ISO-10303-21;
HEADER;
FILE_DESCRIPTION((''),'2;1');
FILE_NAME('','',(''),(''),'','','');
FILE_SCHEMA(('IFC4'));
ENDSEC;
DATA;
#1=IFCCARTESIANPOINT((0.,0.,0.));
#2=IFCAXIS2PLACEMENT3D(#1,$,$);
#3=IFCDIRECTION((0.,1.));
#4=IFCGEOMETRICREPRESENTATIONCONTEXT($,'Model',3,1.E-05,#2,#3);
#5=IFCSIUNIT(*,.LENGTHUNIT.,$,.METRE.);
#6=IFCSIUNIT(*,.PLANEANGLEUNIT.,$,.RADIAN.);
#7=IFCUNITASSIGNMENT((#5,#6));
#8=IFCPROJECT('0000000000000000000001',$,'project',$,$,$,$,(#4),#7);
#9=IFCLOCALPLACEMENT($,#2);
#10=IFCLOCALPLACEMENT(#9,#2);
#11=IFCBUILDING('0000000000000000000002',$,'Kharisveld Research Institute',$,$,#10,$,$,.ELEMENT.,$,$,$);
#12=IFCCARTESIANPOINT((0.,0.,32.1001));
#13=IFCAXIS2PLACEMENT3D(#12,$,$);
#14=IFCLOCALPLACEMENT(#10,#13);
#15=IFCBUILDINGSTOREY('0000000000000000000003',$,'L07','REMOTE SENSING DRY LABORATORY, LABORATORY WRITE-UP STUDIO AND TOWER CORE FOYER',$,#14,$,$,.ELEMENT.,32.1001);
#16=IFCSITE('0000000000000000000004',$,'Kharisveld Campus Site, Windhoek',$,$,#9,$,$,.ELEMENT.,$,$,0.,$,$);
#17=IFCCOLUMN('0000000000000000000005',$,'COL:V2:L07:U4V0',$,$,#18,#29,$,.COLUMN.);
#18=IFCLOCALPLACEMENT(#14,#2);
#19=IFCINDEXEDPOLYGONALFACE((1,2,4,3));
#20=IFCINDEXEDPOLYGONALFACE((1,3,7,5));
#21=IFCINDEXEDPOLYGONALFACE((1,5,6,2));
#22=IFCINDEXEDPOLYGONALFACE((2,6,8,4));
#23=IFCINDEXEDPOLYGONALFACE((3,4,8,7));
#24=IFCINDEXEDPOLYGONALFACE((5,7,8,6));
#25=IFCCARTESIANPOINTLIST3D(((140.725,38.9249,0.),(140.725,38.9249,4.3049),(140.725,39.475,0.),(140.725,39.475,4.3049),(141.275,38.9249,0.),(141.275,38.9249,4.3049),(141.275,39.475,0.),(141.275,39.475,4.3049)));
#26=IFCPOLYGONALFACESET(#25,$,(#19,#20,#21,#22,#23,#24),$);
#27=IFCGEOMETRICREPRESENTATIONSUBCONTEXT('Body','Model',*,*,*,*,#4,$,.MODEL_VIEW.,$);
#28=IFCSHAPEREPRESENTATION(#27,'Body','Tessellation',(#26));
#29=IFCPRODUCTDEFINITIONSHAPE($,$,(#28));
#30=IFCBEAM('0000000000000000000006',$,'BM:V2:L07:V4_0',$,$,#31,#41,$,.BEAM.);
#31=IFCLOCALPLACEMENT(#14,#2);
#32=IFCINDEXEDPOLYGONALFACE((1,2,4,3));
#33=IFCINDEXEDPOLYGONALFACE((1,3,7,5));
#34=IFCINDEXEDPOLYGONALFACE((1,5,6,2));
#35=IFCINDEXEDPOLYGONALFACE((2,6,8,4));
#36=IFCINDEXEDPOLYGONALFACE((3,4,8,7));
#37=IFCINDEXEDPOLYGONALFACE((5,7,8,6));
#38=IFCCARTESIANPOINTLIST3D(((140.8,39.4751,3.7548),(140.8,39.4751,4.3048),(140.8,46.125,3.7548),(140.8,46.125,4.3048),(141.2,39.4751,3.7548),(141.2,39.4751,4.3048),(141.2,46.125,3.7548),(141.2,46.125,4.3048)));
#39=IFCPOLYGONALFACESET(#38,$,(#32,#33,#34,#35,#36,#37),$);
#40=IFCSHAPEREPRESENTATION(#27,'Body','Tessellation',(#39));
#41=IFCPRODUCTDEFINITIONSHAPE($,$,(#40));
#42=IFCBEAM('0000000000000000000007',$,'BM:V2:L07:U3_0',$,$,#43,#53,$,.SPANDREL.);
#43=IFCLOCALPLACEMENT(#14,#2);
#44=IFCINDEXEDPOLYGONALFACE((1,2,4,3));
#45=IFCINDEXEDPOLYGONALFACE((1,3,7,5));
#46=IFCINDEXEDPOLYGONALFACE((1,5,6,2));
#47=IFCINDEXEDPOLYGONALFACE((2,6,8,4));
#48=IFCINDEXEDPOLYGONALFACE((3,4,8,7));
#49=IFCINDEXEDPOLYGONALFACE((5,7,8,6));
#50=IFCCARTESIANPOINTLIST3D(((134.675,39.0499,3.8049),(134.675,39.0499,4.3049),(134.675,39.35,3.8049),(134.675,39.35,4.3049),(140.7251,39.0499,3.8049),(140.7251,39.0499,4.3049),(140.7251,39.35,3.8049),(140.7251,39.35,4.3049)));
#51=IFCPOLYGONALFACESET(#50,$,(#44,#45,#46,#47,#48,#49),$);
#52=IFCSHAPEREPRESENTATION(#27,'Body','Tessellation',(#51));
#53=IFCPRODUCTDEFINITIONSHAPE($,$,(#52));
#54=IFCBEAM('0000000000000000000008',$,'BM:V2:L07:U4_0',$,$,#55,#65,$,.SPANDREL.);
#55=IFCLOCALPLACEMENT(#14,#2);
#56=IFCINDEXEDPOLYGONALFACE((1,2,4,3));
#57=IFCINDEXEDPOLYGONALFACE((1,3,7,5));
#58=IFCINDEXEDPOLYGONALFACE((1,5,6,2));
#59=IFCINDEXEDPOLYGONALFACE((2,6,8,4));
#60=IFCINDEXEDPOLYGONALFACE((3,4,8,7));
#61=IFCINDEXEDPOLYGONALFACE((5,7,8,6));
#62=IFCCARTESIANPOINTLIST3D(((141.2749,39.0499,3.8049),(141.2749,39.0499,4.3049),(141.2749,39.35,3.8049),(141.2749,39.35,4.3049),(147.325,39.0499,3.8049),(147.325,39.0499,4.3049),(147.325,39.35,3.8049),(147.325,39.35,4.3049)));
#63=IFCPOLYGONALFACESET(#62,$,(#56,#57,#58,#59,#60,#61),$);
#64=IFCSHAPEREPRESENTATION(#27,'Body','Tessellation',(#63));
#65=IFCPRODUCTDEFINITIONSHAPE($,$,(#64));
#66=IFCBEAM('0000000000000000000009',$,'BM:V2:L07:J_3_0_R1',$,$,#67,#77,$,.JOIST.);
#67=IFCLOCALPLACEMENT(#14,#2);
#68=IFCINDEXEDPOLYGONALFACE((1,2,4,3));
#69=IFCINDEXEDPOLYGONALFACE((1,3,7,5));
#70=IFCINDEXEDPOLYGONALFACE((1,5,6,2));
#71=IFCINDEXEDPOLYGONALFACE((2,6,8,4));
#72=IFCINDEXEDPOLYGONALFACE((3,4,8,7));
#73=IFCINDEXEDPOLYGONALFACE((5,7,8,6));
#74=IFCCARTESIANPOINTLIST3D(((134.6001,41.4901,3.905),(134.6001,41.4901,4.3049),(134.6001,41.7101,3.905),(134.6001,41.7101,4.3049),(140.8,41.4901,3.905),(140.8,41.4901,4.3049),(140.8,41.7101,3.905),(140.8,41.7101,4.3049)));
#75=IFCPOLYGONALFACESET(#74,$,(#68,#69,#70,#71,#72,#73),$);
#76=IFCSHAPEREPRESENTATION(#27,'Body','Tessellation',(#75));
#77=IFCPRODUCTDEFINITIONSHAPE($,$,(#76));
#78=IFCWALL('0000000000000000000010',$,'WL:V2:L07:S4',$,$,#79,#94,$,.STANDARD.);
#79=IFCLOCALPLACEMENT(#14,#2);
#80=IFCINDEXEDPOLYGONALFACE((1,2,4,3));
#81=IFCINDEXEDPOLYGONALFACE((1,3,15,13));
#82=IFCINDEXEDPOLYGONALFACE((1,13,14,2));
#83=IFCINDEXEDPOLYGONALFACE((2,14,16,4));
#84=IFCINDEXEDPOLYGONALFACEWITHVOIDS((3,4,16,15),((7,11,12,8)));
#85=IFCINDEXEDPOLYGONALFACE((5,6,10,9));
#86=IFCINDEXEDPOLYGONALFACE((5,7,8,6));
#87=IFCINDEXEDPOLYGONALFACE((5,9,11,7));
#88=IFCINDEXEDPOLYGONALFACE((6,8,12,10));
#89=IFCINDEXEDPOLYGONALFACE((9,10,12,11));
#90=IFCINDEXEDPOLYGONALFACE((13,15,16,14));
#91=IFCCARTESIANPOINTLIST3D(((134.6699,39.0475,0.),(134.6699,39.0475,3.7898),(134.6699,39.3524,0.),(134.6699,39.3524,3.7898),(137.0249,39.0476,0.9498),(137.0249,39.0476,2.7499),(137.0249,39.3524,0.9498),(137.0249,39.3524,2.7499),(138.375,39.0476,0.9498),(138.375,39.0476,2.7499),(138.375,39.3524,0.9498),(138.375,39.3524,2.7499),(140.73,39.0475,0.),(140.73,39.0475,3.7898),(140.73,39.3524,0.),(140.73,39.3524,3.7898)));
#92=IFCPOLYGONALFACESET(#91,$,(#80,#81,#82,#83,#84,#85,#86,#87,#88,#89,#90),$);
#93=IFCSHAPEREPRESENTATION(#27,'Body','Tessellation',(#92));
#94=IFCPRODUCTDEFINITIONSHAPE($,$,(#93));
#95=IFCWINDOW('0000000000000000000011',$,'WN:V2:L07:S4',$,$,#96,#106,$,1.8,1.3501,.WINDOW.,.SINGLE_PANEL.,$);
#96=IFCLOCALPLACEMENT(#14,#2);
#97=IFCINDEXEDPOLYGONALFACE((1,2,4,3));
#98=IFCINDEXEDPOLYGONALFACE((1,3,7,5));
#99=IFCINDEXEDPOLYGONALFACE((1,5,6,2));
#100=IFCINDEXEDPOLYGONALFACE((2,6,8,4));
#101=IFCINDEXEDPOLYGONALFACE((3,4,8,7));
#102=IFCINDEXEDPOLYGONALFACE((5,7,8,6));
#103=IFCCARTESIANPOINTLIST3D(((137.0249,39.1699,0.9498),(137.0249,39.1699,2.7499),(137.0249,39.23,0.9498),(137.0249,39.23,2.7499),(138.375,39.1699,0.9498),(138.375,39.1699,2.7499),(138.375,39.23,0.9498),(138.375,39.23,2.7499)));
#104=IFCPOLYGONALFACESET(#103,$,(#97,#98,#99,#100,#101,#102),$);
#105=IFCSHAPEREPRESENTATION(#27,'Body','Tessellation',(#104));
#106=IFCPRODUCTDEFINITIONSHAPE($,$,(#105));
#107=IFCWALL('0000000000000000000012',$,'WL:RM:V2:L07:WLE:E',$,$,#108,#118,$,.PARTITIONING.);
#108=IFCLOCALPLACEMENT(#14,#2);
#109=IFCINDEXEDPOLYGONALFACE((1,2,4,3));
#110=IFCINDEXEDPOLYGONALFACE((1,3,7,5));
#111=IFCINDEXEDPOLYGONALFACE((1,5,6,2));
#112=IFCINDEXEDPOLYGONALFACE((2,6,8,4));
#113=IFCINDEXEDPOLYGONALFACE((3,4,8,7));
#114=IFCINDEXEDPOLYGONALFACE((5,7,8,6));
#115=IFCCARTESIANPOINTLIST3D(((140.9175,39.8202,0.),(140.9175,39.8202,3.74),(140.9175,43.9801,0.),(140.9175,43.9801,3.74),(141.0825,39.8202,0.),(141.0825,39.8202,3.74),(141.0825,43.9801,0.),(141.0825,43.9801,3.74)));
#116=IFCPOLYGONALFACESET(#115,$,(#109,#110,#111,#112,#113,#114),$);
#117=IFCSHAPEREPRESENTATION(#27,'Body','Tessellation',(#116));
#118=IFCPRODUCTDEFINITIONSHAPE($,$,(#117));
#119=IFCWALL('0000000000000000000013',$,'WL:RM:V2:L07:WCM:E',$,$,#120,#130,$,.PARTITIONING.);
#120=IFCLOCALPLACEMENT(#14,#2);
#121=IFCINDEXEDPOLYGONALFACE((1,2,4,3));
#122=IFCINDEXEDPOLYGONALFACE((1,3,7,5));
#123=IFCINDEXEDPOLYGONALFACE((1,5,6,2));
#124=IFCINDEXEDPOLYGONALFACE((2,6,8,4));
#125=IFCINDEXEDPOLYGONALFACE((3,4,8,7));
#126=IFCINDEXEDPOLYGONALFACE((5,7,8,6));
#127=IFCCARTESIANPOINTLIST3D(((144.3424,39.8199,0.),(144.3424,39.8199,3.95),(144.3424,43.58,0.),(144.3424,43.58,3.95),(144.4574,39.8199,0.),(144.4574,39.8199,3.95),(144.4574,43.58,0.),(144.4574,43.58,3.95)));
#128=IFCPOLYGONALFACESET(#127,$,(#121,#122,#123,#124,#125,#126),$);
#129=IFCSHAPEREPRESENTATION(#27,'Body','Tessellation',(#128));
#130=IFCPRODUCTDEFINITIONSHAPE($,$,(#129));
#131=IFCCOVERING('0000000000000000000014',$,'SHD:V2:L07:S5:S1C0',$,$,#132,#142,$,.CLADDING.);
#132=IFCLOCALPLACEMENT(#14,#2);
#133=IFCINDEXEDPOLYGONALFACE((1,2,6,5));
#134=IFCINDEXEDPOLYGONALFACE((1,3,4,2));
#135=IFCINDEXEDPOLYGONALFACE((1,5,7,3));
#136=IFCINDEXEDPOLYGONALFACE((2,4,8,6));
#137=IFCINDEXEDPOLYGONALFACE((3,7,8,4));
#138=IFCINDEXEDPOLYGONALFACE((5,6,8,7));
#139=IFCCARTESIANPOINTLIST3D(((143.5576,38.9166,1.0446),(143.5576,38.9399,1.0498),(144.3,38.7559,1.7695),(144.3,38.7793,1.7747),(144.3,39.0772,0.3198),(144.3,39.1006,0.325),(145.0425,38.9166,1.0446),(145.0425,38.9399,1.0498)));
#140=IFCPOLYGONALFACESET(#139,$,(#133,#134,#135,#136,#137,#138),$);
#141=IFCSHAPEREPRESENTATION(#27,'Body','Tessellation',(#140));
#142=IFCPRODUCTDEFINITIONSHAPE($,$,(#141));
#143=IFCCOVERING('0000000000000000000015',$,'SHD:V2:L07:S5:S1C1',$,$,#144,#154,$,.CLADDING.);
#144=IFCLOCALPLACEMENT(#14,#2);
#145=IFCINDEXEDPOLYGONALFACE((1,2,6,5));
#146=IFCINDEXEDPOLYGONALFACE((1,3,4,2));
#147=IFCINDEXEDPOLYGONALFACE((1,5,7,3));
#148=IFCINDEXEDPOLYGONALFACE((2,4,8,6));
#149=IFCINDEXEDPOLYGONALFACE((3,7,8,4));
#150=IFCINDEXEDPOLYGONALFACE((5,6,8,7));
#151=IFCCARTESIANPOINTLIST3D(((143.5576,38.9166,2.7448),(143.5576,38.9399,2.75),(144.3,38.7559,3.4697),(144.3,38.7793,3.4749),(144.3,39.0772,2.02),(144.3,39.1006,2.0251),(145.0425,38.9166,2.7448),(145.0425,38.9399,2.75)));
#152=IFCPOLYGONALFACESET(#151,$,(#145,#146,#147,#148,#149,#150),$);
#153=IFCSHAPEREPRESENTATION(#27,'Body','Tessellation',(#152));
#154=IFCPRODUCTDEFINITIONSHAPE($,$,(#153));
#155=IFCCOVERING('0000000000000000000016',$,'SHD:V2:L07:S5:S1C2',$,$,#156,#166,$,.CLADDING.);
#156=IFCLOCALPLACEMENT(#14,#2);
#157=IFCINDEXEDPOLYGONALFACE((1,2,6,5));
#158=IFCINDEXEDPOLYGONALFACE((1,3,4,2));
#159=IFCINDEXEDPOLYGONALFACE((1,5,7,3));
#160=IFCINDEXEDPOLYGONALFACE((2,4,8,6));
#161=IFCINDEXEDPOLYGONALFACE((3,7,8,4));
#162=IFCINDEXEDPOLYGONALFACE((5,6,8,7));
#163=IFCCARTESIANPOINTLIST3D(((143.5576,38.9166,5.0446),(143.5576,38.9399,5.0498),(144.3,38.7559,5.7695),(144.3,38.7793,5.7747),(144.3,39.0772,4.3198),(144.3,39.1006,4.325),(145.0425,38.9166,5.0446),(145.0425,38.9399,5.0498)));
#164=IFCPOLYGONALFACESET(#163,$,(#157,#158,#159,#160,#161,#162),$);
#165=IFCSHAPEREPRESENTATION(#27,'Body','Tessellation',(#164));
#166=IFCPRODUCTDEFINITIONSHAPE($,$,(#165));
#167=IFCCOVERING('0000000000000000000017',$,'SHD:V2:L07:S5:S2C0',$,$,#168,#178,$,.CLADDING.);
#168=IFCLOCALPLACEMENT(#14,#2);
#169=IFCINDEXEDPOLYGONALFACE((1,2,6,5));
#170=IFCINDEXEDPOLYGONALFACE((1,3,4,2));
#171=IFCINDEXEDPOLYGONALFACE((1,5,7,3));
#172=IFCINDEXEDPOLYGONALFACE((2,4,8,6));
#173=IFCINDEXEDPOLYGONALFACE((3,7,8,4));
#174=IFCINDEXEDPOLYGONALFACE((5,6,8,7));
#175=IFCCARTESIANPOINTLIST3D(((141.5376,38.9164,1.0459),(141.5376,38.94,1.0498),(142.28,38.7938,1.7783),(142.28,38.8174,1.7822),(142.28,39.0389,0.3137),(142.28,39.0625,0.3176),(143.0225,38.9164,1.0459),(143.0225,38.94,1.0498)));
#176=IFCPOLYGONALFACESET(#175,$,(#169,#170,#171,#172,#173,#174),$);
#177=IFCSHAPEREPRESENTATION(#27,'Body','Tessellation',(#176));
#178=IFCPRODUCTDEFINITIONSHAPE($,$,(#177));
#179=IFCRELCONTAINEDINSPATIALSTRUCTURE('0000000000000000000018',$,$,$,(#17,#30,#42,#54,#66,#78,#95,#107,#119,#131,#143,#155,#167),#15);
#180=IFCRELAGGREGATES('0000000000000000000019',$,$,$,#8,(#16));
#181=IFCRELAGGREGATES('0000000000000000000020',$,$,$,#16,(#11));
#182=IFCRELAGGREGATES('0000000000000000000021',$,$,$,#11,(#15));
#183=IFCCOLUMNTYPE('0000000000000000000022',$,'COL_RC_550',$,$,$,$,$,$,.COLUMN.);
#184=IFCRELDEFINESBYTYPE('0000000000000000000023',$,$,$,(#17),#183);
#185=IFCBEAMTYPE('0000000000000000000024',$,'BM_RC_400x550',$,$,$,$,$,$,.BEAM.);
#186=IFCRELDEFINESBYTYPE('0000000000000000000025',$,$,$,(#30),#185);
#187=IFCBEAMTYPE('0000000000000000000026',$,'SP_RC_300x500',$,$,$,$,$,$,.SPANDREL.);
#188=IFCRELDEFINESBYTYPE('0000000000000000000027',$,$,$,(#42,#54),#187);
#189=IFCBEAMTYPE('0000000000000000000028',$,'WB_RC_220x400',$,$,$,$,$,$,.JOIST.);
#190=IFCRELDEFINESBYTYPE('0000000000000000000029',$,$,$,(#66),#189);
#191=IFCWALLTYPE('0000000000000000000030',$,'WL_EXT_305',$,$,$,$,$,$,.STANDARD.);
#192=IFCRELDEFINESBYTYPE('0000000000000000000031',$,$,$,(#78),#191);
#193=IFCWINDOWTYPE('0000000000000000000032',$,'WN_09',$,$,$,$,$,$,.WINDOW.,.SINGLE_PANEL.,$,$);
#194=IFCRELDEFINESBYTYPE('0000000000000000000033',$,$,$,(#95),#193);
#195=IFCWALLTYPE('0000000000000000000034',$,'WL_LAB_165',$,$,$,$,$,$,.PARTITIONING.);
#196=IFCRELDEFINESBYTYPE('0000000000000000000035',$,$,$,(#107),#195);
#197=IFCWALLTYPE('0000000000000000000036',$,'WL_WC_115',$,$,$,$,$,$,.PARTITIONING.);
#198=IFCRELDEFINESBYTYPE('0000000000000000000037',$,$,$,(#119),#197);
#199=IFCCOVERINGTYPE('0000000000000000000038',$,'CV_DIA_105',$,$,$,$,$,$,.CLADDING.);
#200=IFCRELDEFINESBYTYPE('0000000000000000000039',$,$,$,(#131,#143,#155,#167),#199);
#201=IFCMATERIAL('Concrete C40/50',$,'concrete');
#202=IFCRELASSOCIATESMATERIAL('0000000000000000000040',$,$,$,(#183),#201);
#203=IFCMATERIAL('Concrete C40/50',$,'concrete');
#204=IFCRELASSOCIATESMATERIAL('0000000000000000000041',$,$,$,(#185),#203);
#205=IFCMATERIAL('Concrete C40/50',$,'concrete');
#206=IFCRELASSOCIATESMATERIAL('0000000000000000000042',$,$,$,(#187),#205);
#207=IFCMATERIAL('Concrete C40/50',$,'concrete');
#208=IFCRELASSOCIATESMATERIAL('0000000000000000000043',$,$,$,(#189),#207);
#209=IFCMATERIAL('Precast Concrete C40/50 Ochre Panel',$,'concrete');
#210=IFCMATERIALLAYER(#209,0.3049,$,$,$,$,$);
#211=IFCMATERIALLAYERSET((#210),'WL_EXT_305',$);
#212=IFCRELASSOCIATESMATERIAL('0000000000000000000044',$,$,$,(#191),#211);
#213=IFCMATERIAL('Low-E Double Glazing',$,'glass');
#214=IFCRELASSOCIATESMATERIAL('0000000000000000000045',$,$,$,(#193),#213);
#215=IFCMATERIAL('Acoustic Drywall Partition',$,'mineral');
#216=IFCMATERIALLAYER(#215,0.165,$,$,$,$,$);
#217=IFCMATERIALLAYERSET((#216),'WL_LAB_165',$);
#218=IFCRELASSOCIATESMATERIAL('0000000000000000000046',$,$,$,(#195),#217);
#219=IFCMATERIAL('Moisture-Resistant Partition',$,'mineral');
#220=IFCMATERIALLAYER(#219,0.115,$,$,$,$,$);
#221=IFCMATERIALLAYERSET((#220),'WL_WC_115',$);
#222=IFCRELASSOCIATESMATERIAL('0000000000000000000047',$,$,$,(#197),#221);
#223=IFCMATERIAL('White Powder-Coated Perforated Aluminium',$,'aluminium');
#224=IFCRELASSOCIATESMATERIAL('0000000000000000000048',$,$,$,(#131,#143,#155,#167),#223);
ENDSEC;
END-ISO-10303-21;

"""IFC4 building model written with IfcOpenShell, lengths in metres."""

from ifc_helpers import new_model, si_unit, direction, frame, frame_2d, origin, origin_2d, place, context, subcontext, project, spatial, polyline, rectangle, outline, extrude, material, layer, layer_set, material_profile, profile_set, type_object, element, fill, save


model = new_model("IFC4")

# Units and contexts
model_context = context("Model", 3, precision=1e-05, world=origin(), true_north=direction((0.0, 1.0)))
body_context = subcontext(model_context, "Body", "Model", "MODEL_VIEW")
ifc_project = project(units=[si_unit("LENGTHUNIT", "METRE"), si_unit("PLANEANGLEUNIT", "RADIAN")], contexts=[model_context])

# Site, building, storey
site_placement = place(None, origin())
site = spatial("IfcSite", under=ifc_project, at=site_placement, Name="Kharisveld Campus Site, Windhoek", CompositionType="ELEMENT", RefElevation=0.0)
building_placement = place(site_placement, origin())
building = spatial("IfcBuilding", under=site, at=building_placement, Name="Kharisveld Research Institute", CompositionType="ELEMENT")
storey_placement = place(building_placement, frame((0.0, 0.0, 32.1001)))
storey = spatial("IfcBuildingStorey", under=building, at=storey_placement, Name="L07", Description="REMOTE SENSING DRY LABORATORY, LABORATORY WRITE-UP STUDIO AND TOWER CORE FOYER", CompositionType="ELEMENT", Elevation=32.1001)

# Column
ifc_material_1 = material(Name="Concrete C40/50", Category="concrete")
ifc_material_profile_1 = material_profile(ifc_material_1, rectangle(XDim=0.55, YDim=0.55, at=origin_2d()))
ifc_profile_set_1 = profile_set([ifc_material_profile_1], Name="Concrete C40/50")
column_type = type_object("IfcColumnType", Name="COL_RC_550", PredefinedType="COLUMN", material=ifc_profile_set_1)
column_placement = place(storey_placement, frame((141.0, 39.2, 0.0), z_axis=(0.0, 0.0, 1.0), x_axis=(1.0, 0.0, 0.0)))
element("IfcColumn", 1, at=column_placement, inside=storey, type_object=column_type, Name="COL:V2:L07:U4V0", PredefinedType="COLUMN", context=body_context, shape_type="SweptSolid", body=[
    extrude(rectangle(XDim=0.55, YDim=0.55, at=origin_2d()), origin(), (0.0, 0.0, 1.0), 4.3049),
])

# Beams
ifc_material_2 = material(Name="Concrete C40/50", Category="concrete")
ifc_material_profile_2 = material_profile(ifc_material_2, rectangle(XDim=0.3999, YDim=0.55, at=origin_2d()))
ifc_profile_set_2 = profile_set([ifc_material_profile_2], Name="Concrete C40/50")
beam_type_1 = type_object("IfcBeamType", Name="BM_RC_400x550", PredefinedType="BEAM", material=ifc_profile_set_2)
beam_1_placement = place(storey_placement, frame((141.0, 39.4751, 4.0298), z_axis=(0.0, 1.0, 0.0), x_axis=(-1.0, 0.0, 0.0)))
element("IfcBeam", 2, at=beam_1_placement, inside=storey, type_object=beam_type_1, Name="BM:V2:L07:V4_0", PredefinedType="BEAM", context=body_context, shape_type="SweptSolid", body=[
    extrude(rectangle(XDim=0.3999, YDim=0.55, at=origin_2d()), origin(), (0.0, 0.0, 1.0), 6.6499),
])
ifc_material_3 = material(Name="Concrete C40/50", Category="concrete")
ifc_material_profile_3 = material_profile(ifc_material_3, rectangle(XDim=0.3, YDim=0.5, at=origin_2d()))
ifc_profile_set_3 = profile_set([ifc_material_profile_3], Name="Concrete C40/50")
beam_type_2 = type_object("IfcBeamType", Name="SP_RC_300x500", PredefinedType="SPANDREL", material=ifc_profile_set_3)
for number, where, z_axis, x_axis, name in (
    (3, (134.675, 39.2, 4.0549), (1.0, 0.0, 0.0), (0.0, 1.0, 0.0), "BM:V2:L07:U3_0"),
    (4, (141.2749, 39.2, 4.0549), (1.0, 0.0, 0.0), (0.0, 1.0, 0.0), "BM:V2:L07:U4_0"),
):
    element("IfcBeam", number, at=place(storey_placement, frame(where, z_axis=z_axis, x_axis=x_axis)), inside=storey, type_object=beam_type_2, Name=name, PredefinedType="SPANDREL", context=body_context, shape_type="SweptSolid", body=[
        extrude(rectangle(XDim=0.3, YDim=0.5, at=origin_2d()), origin(), (0.0, 0.0, 1.0), 6.05),
    ])
ifc_material_4 = material(Name="Concrete C40/50", Category="concrete")
ifc_material_profile_4 = material_profile(ifc_material_4, rectangle(XDim=0.22, YDim=0.3999, at=origin_2d()))
ifc_profile_set_4 = profile_set([ifc_material_profile_4], Name="Concrete C40/50")
beam_type_3 = type_object("IfcBeamType", Name="WB_RC_220x400", PredefinedType="JOIST", material=ifc_profile_set_4)
beam_2_placement = place(storey_placement, frame((134.6001, 41.6001, 4.105), z_axis=(1.0, 0.0, 0.0), x_axis=(0.0, 1.0, 0.0)))
element("IfcBeam", 5, at=beam_2_placement, inside=storey, type_object=beam_type_3, Name="BM:V2:L07:J_3_0_R1", PredefinedType="JOIST", context=body_context, shape_type="SweptSolid", body=[
    extrude(rectangle(XDim=0.22, YDim=0.3999, at=origin_2d()), origin(), (0.0, 0.0, 1.0), 6.2),
])

# Wall, opening, window
ifc_material_5 = material(Name="Precast Concrete C40/50 Ochre Panel", Category="concrete")
ifc_layer_1 = layer(ifc_material_5, 0.3049)
ifc_layer_set_1 = layer_set([ifc_layer_1], Name="WL_EXT_305")
wall_type_1 = type_object("IfcWallType", Name="WL_EXT_305", PredefinedType="STANDARD", material=ifc_layer_set_1)
wall_1_placement = place(storey_placement, frame((140.73, 39.2, 0.0), z_axis=(0.0, 0.0, 1.0), x_axis=(-1.0, 0.0, 0.0)))
wall_1 = element("IfcWall", 6, at=wall_1_placement, inside=storey, type_object=wall_type_1, Name="WL:V2:L07:S4", PredefinedType="STANDARD", context=body_context, shape_type="SweptSolid", body=[
    extrude(rectangle(XDim=6.0601, YDim=0.3049, at=frame_2d((3.03, 0.0))), origin(), (0.0, 0.0, 1.0), 3.7898),
])
opening_placement = place(wall_1_placement, frame((2.355, 0.0, 0.95)))
opening = element("IfcOpeningElement", 7, at=opening_placement, cuts=wall_1, PredefinedType="OPENING", context=body_context, shape_type="SweptSolid", body=[
    extrude(rectangle(XDim=1.3501, YDim=1.8, at=frame_2d((0.675, 0.8999))), frame((0.0, 0.1523, 0.0), z_axis=(0.0, -1.0, 0.0), x_axis=(1.0, 0.0, 0.0)), (0.0, 0.0, 1.0), 0.3049),
])
ifc_material_6 = material(Name="Low-E Double Glazing", Category="glass")
window_type = type_object("IfcWindowType", Name="WN_09", PartitioningType="SINGLE_PANEL", PredefinedType="WINDOW", material=ifc_material_6)
window_placement = place(opening_placement, origin())
window = element("IfcWindow", 8, at=window_placement, inside=storey, type_object=window_type, Name="WN:V2:L07:S4", OverallHeight=1.8, OverallWidth=1.3501, PartitioningType="SINGLE_PANEL", PredefinedType="WINDOW", context=body_context, shape_type="SweptSolid", body=[
    extrude(rectangle(XDim=1.3501, YDim=1.8, at=frame_2d((0.675, 0.8999))), frame((0.0, 0.03, 0.0), z_axis=(0.0, -1.0, 0.0), x_axis=(1.0, 0.0, 0.0)), (0.0, 0.0, 1.0), 0.0601),
])
fill(opening, window)

# Walls
ifc_material_7 = material(Name="Acoustic Drywall Partition", Category="mineral")
ifc_layer_2 = layer(ifc_material_7, 0.165)
ifc_layer_set_2 = layer_set([ifc_layer_2], Name="WL_LAB_165")
wall_type_2 = type_object("IfcWallType", Name="WL_LAB_165", PredefinedType="PARTITIONING", material=ifc_layer_set_2)
wall_2_placement = place(storey_placement, frame((141.0, 39.8201, 0.0), z_axis=(0.0, 0.0, 1.0), x_axis=(0.0, 1.0, 0.0)))
element("IfcWall", 9, at=wall_2_placement, inside=storey, type_object=wall_type_2, Name="WL:RM:V2:L07:WLE:E", PredefinedType="PARTITIONING", context=body_context, shape_type="SweptSolid", body=[
    extrude(rectangle(XDim=4.1599, YDim=0.165, at=frame_2d((2.0801, 0.0))), origin(), (0.0, 0.0, 1.0), 3.74),
])
ifc_material_8 = material(Name="Moisture-Resistant Partition", Category="mineral")
ifc_layer_3 = layer(ifc_material_8, 0.115)
ifc_layer_set_3 = layer_set([ifc_layer_3], Name="WL_WC_115")
wall_type_3 = type_object("IfcWallType", Name="WL_WC_115", PredefinedType="PARTITIONING", material=ifc_layer_set_3)
wall_3_placement = place(storey_placement, frame((144.3999, 39.8201, 0.0), z_axis=(0.0, 0.0, 1.0), x_axis=(0.0, 1.0, 0.0)))
element("IfcWall", 10, at=wall_3_placement, inside=storey, type_object=wall_type_3, Name="WL:RM:V2:L07:WCM:E", PredefinedType="PARTITIONING", context=body_context, shape_type="SweptSolid", body=[
    extrude(rectangle(XDim=3.76, YDim=0.115, at=frame_2d((1.8799, 0.0))), origin(), (0.0, 0.0, 1.0), 3.95),
])

# Coverings
ifc_material_9 = material(Name="White Powder-Coated Perforated Aluminium", Category="aluminium")
covering_type = type_object("IfcCoveringType", Name="CV_DIA_105", PredefinedType="CLADDING")
for number, where, z_axis, x_axis, name in (
    (11, (144.3, 39.1006, 0.325), (0.0, 0.976311, 0.216373), (-0.707102, -0.153, 0.69036), "SHD:V2:L07:S5:S1C0"),
    (12, (144.3, 39.1006, 2.0251), (0.0, 0.976311, 0.216373), (-0.707102, -0.153, 0.69036), "SHD:V2:L07:S5:S1C1"),
    (13, (144.3, 39.1006, 4.325), (0.0, 0.976311, 0.216373), (-0.707102, -0.153, 0.69036), "SHD:V2:L07:S5:S1C2"),
):
    element("IfcCovering", number, at=place(storey_placement, frame(where, z_axis=z_axis, x_axis=x_axis)), inside=storey, type_object=covering_type, material=ifc_material_9, Name=name, PredefinedType="CLADDING", context=body_context, shape_type="SweptSolid", body=[
        extrude(outline(polyline([(0.0, 0.0), (1.05, 0.0), (1.05, 1.05), (0.0, 1.05), (0.0, 0.0)])), origin(), (0.0, 0.0, -1.0), 0.0239),
    ])
covering_1_placement = place(storey_placement, frame((142.28, 39.0625, 0.3176), z_axis=(0.0, 0.986283, 0.165065), x_axis=(-0.707139, -0.116714, 0.697376)))
element("IfcCovering", 14, at=covering_1_placement, inside=storey, type_object=covering_type, material=ifc_material_9, Name="SHD:V2:L07:S5:S2C0", PredefinedType="CLADDING", context=body_context, shape_type="SweptSolid", body=[
    extrude(outline(polyline([(0.0, 0.0), (1.0499, 0.0), (1.05, 1.0501), (-0.0001, 1.0499), (0.0, 0.0)])), origin(), (0.0, 0.0, -1.0), 0.0239),
])

save(model, "model.ifc")
